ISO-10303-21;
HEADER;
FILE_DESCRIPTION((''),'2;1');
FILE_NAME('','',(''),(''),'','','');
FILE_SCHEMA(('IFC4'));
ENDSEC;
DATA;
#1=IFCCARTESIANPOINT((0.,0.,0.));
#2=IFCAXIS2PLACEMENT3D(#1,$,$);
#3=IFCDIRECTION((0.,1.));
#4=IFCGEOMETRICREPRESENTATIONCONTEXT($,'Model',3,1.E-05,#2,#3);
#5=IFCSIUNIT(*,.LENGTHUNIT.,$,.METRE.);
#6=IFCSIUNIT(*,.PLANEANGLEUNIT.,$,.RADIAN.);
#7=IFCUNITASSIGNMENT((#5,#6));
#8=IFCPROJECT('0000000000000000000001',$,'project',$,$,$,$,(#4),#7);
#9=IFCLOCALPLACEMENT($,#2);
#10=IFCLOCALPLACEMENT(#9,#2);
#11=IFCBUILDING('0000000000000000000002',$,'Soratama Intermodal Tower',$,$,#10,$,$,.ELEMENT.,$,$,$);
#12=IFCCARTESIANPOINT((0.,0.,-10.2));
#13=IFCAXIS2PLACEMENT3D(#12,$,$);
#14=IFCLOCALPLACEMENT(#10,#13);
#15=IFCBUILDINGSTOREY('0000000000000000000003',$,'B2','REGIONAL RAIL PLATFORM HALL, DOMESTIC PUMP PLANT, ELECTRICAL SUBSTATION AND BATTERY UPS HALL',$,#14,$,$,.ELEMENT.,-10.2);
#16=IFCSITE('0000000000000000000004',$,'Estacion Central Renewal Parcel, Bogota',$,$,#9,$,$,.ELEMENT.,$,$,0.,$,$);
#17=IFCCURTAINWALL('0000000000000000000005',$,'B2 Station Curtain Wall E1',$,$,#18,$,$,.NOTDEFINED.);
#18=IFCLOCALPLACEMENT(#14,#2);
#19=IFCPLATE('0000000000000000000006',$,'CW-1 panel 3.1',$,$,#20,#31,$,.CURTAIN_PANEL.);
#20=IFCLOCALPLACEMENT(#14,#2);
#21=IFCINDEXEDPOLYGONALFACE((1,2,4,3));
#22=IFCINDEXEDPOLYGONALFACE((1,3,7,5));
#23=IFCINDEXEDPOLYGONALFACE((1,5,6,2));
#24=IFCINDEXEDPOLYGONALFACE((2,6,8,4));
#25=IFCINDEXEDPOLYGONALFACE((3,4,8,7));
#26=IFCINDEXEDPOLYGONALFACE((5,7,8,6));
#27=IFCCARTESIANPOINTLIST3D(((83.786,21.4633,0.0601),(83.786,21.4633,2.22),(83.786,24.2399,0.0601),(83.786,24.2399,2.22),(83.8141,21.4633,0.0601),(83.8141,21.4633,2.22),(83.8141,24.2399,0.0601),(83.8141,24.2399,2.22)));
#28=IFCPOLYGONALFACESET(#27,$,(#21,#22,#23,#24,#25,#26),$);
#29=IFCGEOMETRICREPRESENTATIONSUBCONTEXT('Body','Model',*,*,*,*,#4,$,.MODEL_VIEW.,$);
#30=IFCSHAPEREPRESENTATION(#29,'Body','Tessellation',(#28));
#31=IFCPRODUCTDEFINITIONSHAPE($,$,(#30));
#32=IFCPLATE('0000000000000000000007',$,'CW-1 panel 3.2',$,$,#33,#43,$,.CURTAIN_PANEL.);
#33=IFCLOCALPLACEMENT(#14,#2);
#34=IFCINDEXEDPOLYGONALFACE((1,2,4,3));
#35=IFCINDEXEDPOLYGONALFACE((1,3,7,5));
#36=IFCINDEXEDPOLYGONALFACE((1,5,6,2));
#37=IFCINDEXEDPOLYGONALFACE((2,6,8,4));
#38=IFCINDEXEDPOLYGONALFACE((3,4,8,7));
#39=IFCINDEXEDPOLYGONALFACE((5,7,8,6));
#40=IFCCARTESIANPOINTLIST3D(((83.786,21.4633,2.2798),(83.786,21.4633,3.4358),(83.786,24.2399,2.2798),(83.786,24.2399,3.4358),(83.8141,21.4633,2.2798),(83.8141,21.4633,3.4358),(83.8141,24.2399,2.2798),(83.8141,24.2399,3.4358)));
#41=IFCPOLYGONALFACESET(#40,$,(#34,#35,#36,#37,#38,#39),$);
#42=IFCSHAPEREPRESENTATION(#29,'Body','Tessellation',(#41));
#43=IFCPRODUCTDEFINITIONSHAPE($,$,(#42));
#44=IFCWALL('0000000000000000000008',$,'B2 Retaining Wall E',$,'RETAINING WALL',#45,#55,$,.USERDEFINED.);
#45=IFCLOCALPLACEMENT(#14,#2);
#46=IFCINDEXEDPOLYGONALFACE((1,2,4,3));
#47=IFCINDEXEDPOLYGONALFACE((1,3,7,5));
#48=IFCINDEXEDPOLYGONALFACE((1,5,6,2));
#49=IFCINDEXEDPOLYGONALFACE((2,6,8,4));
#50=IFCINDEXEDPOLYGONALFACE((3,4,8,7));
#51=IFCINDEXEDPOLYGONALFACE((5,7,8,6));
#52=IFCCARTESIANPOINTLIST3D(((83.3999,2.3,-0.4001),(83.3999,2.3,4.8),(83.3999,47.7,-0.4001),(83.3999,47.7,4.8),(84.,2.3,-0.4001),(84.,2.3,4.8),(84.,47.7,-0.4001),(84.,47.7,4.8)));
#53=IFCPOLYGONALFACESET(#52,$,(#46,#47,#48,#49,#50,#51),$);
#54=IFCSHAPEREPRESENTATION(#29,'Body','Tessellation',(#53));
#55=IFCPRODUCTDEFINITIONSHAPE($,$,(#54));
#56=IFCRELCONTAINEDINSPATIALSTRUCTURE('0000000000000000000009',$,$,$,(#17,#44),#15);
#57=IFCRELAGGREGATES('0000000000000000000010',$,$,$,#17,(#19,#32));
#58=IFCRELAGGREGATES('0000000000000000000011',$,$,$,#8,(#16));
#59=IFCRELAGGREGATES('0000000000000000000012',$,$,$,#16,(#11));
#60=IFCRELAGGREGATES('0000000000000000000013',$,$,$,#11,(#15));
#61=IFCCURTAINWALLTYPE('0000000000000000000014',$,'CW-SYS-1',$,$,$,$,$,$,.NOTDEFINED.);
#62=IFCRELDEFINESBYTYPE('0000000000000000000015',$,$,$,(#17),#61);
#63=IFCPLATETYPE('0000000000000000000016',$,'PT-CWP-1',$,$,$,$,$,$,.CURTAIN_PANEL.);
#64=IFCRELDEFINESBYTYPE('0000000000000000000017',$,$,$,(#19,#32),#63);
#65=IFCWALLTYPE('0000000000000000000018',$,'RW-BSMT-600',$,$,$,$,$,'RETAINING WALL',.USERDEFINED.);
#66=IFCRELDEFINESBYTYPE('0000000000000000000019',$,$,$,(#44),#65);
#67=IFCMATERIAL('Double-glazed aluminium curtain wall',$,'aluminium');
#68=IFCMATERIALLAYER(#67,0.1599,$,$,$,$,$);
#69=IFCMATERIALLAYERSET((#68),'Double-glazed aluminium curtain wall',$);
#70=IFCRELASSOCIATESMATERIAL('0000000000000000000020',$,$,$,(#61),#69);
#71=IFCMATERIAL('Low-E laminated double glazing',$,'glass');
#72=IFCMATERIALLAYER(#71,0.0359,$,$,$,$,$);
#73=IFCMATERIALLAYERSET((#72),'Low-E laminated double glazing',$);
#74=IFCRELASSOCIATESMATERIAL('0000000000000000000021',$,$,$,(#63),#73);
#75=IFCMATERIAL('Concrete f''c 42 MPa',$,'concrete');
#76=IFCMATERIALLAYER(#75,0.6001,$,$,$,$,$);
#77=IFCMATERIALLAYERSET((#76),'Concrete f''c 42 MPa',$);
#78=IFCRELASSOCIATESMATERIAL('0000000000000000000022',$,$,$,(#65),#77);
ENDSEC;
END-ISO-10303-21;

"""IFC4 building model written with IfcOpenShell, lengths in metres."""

from ifc_helpers import new_model, si_unit, direction, frame, frame_2d, origin, origin_2d, place, context, subcontext, project, spatial, rectangle, extrude, material, layer, layer_set, type_object, element, aggregate, save


model = new_model("IFC4")

# Units and contexts
model_context = context("Model", 3, precision=1e-05, world=origin(), true_north=direction((0.0, 1.0)))
body_context = subcontext(model_context, "Body", "Model", "MODEL_VIEW")
ifc_project = project(units=[si_unit("LENGTHUNIT", "METRE"), si_unit("PLANEANGLEUNIT", "RADIAN")], contexts=[model_context])

# Site, building, storey
site_placement = place(None, origin())
site = spatial("IfcSite", under=ifc_project, at=site_placement, Name="Estacion Central Renewal Parcel, Bogota", CompositionType="ELEMENT", RefElevation=0.0)
building_placement = place(site_placement, origin())
building = spatial("IfcBuilding", under=site, at=building_placement, Name="Soratama Intermodal Tower", CompositionType="ELEMENT")
storey_placement = place(building_placement, frame((0.0, 0.0, -10.2)))
storey = spatial("IfcBuildingStorey", under=building, at=storey_placement, Name="B2", Description="REGIONAL RAIL PLATFORM HALL, DOMESTIC PUMP PLANT, ELECTRICAL SUBSTATION AND BATTERY UPS HALL", CompositionType="ELEMENT", Elevation=-10.2)

# Curtain wall, plates
ifc_material_1 = material(Name="Double-glazed aluminium curtain wall", Category="aluminium")
ifc_layer_1 = layer(ifc_material_1, 0.1599)
ifc_layer_set_1 = layer_set([ifc_layer_1], Name="Double-glazed aluminium curtain wall")
curtain_wall_type = type_object("IfcCurtainWallType", Name="CW-SYS-1", PredefinedType="NOTDEFINED", material=ifc_layer_set_1)
curtain_wall_placement = place(storey_placement, origin())
curtain_wall = element("IfcCurtainWall", 1, at=curtain_wall_placement, inside=storey, type_object=curtain_wall_type, Name="B2 Station Curtain Wall E1", PredefinedType="NOTDEFINED")
ifc_material_2 = material(Name="Low-E laminated double glazing", Category="glass")
ifc_layer_2 = layer(ifc_material_2, 0.0359)
ifc_layer_set_2 = layer_set([ifc_layer_2], Name="Low-E laminated double glazing")
plate_type = type_object("IfcPlateType", Name="PT-CWP-1", PredefinedType="CURTAIN_PANEL", material=ifc_layer_set_2)
plate_1_placement = place(storey_placement, frame((83.8, 22.8516, 0.0601), z_axis=(0.0, 0.0, 1.0), x_axis=(0.0, 1.0, 0.0)))
plate_1 = element("IfcPlate", 2, at=plate_1_placement, type_object=plate_type, Name="CW-1 panel 3.1", PredefinedType="CURTAIN_PANEL", context=body_context, shape_type="SweptSolid", body=[
    extrude(rectangle(XDim=2.7766, YDim=0.0281, at=origin_2d()), origin(), (0.0, 0.0, 1.0), 2.1599),
])
plate_2_placement = place(storey_placement, frame((83.8, 22.8516, 2.2798), z_axis=(0.0, 0.0, 1.0), x_axis=(0.0, 1.0, 0.0)))
plate_2 = element("IfcPlate", 3, at=plate_2_placement, type_object=plate_type, Name="CW-1 panel 3.2", PredefinedType="CURTAIN_PANEL", context=body_context, shape_type="SweptSolid", body=[
    extrude(rectangle(XDim=2.7766, YDim=0.0281, at=origin_2d()), origin(), (0.0, 0.0, 1.0), 1.156),
])
aggregate(curtain_wall, [plate_1, plate_2])

# Wall
ifc_material_3 = material(Name="Concrete f'c 42 MPa", Category="concrete")
ifc_layer_3 = layer(ifc_material_3, 0.6001)
ifc_layer_set_3 = layer_set([ifc_layer_3], Name="Concrete f'c 42 MPa")
wall_type = type_object("IfcWallType", Name="RW-BSMT-600", ElementType="RETAINING WALL", PredefinedType="USERDEFINED", material=ifc_layer_set_3)
wall_placement = place(storey_placement, frame((83.7, 2.3, -0.4001), z_axis=(0.0, 0.0, 1.0), x_axis=(0.0, 1.0, 0.0)))
element("IfcWall", 4, at=wall_placement, inside=storey, type_object=wall_type, Name="B2 Retaining Wall E", ObjectType="RETAINING WALL", PredefinedType="USERDEFINED", context=body_context, shape_type="SweptSolid", body=[
    extrude(rectangle(XDim=45.3999, YDim=0.6001, at=frame_2d((22.7, 0.0))), origin(), (0.0, 0.0, 1.0), 5.2002),
])

save(model, "model.ifc")
